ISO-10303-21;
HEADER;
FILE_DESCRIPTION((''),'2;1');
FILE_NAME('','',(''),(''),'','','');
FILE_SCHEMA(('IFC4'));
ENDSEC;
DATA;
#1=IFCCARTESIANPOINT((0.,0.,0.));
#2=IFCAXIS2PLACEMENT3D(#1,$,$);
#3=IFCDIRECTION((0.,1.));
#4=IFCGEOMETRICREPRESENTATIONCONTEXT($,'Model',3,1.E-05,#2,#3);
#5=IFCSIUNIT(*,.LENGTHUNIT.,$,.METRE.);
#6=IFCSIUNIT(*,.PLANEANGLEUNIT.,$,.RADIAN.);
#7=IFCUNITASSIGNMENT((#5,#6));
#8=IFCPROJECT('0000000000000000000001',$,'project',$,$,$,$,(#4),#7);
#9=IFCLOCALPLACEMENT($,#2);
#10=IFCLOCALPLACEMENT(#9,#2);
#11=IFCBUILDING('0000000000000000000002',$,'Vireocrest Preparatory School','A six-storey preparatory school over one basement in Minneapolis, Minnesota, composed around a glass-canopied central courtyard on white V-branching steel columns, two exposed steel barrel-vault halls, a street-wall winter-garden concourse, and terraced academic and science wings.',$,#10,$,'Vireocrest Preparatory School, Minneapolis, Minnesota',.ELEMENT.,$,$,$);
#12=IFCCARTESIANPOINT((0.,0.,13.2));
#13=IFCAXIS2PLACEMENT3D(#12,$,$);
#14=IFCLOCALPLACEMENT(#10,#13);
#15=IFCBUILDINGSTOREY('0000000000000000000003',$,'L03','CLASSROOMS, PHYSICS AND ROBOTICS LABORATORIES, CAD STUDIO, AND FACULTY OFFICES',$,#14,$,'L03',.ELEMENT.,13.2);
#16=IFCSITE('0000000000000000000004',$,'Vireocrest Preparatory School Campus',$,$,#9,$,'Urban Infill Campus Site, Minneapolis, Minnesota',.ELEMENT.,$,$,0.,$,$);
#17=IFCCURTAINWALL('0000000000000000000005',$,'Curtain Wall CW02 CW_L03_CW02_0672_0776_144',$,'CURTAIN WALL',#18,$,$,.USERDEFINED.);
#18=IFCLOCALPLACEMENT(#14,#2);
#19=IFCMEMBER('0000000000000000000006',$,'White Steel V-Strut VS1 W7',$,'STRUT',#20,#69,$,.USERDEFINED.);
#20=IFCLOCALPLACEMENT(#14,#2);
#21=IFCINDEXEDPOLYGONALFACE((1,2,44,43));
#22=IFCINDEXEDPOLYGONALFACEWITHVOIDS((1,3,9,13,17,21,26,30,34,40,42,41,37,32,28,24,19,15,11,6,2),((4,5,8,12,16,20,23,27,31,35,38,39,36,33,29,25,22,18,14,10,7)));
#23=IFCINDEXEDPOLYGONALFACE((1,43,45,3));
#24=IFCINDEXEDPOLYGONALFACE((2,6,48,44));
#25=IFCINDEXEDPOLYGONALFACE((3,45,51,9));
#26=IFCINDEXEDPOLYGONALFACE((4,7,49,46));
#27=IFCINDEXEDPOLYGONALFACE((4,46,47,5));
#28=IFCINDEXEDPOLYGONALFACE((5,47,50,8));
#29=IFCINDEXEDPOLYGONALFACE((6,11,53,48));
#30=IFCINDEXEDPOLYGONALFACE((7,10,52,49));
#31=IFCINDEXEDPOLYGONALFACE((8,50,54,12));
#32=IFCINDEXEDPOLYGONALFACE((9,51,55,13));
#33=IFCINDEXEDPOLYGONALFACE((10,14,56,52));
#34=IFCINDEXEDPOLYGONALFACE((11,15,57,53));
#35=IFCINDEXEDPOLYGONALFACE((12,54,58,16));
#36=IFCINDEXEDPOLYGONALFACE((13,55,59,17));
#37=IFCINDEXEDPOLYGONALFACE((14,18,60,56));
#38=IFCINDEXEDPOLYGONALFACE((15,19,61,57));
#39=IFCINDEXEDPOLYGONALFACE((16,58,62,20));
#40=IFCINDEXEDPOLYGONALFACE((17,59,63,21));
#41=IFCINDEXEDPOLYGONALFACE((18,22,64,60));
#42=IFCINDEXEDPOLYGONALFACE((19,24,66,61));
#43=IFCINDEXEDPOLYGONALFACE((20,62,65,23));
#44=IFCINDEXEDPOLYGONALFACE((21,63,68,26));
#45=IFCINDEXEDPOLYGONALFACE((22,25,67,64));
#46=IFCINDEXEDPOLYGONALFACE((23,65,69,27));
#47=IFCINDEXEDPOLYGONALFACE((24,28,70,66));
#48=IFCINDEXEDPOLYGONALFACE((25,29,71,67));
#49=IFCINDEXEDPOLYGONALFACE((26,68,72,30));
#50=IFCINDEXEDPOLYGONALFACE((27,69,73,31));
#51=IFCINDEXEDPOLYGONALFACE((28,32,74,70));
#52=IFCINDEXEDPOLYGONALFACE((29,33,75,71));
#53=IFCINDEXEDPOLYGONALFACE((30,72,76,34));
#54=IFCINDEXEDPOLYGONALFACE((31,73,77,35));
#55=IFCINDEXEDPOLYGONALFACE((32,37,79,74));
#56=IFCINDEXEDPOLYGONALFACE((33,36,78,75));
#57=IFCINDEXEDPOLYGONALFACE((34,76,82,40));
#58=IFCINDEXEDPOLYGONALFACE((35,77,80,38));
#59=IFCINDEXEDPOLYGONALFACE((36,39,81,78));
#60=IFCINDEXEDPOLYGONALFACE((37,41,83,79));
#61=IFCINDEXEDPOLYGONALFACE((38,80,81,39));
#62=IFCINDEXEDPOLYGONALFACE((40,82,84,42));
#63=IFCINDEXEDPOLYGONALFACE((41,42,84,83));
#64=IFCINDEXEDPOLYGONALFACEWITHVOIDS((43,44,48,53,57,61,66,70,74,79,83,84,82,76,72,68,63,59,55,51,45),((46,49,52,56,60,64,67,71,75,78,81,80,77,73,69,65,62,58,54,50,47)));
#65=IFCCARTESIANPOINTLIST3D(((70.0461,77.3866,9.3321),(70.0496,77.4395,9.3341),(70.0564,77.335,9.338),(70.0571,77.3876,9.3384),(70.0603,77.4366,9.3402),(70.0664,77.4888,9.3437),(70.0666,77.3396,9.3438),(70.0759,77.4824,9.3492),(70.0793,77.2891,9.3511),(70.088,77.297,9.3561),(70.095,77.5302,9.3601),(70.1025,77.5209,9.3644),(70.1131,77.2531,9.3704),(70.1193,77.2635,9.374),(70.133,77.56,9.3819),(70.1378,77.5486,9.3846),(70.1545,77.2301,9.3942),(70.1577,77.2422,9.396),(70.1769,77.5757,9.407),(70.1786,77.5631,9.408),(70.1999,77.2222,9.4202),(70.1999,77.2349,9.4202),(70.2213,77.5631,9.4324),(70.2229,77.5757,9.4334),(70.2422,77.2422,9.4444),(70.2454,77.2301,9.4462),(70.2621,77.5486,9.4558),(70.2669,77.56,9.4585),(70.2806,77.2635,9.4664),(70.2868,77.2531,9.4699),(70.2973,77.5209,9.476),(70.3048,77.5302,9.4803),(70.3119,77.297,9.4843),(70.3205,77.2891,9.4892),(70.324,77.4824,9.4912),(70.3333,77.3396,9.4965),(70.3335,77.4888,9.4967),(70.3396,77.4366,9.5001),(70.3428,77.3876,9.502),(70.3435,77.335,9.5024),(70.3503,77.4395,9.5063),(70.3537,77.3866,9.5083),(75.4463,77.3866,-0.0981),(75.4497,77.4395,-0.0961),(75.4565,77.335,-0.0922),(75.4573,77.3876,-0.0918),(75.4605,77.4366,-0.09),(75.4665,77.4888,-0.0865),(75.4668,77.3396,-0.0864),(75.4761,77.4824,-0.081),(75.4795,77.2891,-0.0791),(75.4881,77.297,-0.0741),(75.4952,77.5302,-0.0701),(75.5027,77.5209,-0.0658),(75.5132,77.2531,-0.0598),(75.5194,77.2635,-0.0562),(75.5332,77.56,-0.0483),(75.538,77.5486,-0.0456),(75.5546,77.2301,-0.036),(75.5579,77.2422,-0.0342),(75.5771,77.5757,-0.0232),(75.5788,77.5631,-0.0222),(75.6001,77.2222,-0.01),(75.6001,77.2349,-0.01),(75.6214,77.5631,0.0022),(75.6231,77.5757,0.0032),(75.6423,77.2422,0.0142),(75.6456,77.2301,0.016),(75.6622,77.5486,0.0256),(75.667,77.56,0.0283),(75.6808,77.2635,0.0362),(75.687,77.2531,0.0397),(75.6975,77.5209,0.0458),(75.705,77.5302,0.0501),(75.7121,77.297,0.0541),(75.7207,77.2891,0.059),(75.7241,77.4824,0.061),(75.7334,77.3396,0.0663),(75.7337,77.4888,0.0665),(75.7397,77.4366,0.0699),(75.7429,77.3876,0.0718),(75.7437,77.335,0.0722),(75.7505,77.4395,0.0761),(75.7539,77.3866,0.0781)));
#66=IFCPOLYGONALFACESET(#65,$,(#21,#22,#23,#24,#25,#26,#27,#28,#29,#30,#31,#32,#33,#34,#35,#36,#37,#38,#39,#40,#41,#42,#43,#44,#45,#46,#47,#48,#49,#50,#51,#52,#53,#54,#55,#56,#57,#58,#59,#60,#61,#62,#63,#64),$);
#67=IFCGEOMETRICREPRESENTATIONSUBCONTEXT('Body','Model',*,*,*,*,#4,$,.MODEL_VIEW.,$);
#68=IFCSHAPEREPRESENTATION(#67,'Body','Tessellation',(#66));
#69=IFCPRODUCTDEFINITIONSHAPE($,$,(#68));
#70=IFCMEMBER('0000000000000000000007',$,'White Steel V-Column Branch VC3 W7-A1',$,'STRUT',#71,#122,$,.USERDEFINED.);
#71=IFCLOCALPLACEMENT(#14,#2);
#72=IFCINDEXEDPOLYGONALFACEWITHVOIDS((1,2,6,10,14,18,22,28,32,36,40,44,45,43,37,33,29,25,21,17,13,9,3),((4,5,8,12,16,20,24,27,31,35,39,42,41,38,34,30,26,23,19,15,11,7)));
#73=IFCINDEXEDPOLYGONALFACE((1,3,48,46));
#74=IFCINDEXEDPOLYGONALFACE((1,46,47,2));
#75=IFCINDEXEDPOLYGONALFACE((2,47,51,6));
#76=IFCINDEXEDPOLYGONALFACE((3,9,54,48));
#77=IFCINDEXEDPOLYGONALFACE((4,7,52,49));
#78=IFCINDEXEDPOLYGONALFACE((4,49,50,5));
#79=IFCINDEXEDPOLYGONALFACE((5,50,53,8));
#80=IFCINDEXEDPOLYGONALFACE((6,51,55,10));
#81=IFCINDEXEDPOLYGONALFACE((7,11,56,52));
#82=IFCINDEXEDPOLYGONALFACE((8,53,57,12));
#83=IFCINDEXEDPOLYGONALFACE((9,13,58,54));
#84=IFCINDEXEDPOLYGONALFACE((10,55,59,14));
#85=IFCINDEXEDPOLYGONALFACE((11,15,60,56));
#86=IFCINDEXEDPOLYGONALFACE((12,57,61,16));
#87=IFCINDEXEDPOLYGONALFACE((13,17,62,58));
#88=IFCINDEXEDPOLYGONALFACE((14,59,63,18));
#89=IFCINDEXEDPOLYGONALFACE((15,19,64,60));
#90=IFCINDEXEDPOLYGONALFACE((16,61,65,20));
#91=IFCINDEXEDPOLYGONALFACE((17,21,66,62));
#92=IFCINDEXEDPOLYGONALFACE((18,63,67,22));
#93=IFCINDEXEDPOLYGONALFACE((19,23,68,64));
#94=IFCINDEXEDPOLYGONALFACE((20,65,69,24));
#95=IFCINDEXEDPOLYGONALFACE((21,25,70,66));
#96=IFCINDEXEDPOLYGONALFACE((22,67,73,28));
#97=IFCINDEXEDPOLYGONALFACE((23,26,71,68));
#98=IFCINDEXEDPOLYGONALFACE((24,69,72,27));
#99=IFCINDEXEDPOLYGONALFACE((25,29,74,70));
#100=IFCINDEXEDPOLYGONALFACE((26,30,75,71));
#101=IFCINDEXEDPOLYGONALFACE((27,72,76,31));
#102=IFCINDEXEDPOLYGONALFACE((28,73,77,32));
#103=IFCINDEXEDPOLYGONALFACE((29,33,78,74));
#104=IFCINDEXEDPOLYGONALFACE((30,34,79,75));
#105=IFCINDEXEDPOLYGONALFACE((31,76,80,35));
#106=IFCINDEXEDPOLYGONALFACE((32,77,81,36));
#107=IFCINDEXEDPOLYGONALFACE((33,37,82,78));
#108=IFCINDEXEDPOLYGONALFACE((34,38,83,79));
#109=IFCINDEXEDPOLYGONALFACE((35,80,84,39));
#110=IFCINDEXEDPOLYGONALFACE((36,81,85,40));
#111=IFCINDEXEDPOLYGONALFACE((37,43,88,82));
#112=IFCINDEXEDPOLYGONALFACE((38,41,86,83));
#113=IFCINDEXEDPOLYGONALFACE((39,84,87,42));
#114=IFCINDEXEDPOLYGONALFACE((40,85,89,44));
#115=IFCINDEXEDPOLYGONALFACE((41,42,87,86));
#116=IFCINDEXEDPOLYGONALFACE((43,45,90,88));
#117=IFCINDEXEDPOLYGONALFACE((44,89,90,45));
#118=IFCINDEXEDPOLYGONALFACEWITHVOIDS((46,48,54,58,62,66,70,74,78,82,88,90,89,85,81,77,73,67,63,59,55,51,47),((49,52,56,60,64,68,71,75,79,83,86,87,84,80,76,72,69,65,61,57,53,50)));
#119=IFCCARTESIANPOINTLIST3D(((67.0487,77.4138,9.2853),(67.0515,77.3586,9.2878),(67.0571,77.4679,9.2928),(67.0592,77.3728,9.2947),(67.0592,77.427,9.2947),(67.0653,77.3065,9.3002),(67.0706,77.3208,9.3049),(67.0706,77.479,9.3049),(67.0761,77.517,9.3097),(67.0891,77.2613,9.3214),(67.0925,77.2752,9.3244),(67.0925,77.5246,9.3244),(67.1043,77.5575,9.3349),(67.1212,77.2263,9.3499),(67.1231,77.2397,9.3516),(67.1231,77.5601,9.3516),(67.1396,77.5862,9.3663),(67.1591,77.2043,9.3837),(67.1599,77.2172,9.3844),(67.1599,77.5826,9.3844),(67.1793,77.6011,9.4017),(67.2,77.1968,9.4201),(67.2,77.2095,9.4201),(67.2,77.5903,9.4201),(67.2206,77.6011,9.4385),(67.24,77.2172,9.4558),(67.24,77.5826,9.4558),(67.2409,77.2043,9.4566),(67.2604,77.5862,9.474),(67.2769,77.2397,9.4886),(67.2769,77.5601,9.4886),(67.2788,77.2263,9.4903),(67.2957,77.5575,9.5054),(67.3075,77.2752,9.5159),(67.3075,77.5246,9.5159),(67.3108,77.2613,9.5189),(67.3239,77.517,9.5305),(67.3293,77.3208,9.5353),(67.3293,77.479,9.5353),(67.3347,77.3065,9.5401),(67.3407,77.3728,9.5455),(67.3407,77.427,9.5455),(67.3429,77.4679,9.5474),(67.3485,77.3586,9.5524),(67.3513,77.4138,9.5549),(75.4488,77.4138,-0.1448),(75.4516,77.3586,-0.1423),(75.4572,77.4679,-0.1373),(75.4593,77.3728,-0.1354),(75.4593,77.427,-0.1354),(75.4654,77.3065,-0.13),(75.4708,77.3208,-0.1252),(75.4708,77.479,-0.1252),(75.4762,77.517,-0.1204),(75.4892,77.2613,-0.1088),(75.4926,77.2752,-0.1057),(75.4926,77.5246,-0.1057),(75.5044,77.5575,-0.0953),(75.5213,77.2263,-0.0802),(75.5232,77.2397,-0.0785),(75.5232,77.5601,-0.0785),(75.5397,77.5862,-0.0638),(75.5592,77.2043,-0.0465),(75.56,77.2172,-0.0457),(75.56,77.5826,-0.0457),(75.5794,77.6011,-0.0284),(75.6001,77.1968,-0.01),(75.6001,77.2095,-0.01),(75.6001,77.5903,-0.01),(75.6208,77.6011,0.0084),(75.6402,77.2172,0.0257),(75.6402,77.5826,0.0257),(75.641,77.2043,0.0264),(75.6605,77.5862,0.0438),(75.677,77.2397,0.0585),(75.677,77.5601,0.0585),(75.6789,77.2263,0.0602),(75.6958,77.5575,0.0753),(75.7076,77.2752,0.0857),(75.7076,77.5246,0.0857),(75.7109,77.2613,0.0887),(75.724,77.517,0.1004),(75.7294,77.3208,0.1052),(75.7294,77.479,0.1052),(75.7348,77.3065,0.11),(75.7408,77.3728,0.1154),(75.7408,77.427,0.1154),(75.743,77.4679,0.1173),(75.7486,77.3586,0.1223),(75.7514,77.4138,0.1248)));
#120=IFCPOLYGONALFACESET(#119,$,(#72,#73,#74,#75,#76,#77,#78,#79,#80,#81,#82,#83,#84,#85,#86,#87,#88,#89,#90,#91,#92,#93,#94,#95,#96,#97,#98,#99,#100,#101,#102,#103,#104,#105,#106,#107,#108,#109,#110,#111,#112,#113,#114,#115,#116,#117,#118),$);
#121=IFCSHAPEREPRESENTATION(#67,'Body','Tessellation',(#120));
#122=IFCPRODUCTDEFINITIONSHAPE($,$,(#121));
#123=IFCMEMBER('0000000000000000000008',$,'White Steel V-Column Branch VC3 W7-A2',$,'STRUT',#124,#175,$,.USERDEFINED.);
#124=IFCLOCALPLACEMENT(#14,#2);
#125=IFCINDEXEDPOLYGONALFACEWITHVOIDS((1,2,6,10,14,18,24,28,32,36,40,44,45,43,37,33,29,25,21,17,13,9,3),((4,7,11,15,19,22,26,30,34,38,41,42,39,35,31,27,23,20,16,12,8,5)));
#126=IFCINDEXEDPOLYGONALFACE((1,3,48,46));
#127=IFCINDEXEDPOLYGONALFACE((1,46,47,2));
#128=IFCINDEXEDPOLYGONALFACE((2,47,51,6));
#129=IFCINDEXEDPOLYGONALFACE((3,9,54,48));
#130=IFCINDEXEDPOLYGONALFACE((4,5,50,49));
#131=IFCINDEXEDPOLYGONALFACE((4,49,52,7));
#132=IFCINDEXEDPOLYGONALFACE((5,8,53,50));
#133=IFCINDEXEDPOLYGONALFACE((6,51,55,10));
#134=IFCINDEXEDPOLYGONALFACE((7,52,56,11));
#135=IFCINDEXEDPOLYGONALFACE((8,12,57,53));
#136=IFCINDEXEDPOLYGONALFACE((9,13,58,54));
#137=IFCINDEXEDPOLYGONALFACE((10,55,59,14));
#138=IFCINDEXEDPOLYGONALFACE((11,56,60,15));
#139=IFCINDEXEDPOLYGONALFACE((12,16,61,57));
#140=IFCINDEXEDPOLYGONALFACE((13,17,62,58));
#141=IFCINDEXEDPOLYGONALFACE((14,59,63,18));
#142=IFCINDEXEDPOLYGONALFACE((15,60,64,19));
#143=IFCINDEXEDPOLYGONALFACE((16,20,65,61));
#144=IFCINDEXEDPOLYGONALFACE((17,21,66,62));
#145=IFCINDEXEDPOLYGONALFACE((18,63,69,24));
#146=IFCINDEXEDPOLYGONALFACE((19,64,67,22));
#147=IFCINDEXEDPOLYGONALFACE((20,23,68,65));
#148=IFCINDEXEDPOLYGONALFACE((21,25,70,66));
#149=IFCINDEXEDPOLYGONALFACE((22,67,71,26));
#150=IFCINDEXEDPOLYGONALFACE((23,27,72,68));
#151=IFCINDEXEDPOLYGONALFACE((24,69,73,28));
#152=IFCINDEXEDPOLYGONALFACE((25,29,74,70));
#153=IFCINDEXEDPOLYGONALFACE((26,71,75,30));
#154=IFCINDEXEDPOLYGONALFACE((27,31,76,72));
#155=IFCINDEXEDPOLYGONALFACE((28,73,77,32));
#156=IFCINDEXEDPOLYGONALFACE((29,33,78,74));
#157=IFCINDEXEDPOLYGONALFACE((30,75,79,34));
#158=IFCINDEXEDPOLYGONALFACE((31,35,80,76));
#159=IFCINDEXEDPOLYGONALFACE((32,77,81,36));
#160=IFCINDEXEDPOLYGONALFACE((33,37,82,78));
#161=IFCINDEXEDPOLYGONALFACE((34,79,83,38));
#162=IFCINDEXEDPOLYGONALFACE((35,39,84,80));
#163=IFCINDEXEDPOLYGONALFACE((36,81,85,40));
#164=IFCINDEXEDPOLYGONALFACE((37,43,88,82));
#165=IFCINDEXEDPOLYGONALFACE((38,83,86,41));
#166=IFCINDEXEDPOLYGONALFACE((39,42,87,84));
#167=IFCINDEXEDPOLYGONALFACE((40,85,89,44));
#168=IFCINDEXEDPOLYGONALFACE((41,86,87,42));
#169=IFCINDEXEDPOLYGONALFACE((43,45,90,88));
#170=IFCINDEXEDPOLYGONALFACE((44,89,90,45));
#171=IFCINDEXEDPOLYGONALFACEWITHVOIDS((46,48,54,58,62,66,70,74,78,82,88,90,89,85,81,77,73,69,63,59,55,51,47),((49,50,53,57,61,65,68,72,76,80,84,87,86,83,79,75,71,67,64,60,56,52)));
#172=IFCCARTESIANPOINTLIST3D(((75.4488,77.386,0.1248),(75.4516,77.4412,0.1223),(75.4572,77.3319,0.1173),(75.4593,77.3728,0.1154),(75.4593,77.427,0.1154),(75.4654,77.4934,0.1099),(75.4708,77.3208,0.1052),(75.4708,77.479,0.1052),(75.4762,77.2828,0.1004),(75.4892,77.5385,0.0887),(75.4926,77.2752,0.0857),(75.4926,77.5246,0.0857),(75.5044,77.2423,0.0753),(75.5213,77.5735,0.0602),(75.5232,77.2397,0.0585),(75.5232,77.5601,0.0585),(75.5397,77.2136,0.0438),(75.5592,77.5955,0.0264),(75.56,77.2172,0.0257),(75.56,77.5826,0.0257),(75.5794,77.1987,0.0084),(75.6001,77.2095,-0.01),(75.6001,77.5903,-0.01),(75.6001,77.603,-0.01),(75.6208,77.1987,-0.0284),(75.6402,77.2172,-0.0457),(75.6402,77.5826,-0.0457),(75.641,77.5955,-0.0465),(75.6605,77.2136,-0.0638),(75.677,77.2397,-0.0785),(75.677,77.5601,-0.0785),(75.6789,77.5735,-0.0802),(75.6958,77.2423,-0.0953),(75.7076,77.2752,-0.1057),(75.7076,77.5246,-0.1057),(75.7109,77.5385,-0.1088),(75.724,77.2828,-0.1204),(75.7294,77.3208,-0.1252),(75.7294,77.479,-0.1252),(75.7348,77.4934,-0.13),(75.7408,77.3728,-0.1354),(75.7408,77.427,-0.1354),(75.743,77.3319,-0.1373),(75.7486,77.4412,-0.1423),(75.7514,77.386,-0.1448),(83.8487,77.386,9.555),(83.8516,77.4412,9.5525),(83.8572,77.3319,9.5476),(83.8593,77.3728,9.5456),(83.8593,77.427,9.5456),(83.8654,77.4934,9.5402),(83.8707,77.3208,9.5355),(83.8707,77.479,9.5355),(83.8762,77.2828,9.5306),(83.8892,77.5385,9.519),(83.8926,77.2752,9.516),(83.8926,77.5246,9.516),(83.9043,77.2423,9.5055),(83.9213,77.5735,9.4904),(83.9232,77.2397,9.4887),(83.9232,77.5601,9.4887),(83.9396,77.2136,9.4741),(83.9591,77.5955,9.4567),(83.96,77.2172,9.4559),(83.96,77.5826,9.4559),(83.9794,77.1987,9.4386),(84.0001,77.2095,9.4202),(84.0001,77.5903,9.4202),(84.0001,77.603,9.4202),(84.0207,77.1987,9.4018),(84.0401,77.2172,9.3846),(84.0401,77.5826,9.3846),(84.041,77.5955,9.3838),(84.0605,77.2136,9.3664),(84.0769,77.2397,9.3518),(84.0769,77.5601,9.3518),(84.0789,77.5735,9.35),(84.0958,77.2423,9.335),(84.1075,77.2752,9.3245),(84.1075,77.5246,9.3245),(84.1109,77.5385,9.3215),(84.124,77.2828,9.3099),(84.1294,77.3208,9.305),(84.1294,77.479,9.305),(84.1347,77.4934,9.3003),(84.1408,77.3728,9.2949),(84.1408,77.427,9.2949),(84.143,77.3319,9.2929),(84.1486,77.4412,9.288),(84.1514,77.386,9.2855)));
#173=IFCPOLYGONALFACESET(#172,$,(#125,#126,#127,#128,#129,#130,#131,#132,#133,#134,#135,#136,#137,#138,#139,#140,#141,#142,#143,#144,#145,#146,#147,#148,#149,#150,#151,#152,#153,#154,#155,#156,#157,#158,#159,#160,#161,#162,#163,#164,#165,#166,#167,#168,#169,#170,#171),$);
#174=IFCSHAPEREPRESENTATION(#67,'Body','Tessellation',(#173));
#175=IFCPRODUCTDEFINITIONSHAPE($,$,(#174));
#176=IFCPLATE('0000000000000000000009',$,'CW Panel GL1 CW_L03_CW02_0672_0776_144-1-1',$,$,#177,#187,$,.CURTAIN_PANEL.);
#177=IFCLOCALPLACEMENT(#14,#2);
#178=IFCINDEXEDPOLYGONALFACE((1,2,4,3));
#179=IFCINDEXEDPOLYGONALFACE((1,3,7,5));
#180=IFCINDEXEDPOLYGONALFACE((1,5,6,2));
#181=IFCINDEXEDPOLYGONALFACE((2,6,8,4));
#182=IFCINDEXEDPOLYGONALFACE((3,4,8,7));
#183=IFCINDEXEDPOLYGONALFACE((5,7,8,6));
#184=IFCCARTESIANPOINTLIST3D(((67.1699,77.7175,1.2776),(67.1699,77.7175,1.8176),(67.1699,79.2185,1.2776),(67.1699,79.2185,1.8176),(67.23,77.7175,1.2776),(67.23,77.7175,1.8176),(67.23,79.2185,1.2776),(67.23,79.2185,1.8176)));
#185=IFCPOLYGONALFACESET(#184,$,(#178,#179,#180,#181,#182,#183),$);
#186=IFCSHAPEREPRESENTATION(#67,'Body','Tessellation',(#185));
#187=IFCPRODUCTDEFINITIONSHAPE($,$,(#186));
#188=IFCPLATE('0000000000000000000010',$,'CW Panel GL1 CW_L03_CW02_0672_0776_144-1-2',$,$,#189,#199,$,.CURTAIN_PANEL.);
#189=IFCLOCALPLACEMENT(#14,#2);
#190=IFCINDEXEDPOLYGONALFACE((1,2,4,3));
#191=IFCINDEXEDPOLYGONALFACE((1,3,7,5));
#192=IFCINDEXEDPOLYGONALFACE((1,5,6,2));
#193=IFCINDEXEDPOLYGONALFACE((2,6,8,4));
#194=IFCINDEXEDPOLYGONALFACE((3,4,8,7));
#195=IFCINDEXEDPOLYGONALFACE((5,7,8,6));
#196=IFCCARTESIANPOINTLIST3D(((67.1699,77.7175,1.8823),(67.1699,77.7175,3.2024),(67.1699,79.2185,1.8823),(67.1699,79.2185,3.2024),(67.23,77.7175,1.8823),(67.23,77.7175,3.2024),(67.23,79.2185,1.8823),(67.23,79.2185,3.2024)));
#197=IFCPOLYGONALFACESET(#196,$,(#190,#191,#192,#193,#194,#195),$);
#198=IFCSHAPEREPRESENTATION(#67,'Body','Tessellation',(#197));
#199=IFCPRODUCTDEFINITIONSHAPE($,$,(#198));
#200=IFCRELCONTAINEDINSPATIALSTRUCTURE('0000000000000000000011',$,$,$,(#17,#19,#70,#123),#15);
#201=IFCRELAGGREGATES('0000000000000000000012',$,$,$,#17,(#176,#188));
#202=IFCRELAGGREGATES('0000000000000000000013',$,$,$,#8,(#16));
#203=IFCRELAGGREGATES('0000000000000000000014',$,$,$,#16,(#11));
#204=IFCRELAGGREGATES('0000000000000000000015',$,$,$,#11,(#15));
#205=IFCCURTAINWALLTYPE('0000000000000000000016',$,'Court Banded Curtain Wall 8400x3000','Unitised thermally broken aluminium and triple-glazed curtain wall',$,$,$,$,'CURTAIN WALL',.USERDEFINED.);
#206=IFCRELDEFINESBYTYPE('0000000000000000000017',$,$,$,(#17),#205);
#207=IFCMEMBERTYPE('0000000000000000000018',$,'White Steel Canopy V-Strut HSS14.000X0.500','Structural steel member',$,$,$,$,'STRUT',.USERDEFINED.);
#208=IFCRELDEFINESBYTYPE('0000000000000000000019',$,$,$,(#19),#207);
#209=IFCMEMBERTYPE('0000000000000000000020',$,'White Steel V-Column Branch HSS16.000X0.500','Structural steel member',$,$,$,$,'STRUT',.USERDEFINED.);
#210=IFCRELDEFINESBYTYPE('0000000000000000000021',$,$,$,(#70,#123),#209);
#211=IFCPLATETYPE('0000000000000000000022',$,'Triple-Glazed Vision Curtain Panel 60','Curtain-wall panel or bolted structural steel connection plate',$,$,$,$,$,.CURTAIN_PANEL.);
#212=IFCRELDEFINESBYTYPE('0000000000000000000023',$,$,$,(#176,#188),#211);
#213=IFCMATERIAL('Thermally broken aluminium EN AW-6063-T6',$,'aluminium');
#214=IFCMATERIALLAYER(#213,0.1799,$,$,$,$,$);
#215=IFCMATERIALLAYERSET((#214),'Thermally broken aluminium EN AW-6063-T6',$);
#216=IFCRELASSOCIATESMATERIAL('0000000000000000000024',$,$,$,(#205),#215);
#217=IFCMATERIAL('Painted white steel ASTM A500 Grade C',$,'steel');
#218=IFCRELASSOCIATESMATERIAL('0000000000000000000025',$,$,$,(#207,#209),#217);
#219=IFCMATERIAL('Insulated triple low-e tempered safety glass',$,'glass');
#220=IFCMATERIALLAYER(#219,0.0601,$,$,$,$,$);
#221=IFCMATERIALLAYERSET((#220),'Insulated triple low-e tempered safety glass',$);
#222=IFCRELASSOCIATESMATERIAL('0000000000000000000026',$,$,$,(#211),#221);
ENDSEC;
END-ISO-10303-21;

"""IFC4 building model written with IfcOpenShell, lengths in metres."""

from ifc_helpers import new_model, si_unit, direction, frame, origin, origin_2d, place, context, subcontext, project, spatial, rectangle, hollow_circle, extrude, material, layer, layer_set, material_profile, profile_set, type_object, element, aggregate, save


model = new_model("IFC4")

# Units and contexts
model_context = context("Model", 3, precision=1e-05, world=origin(), true_north=direction((0.0, 1.0)))
body_context = subcontext(model_context, "Body", "Model", "MODEL_VIEW")
ifc_project = project(units=[si_unit("LENGTHUNIT", "METRE"), si_unit("PLANEANGLEUNIT", "RADIAN")], contexts=[model_context])

# Site, building, storey
site_placement = place(None, origin())
site = spatial("IfcSite", under=ifc_project, at=site_placement, Name="Vireocrest Preparatory School Campus", LongName="Urban Infill Campus Site, Minneapolis, Minnesota", CompositionType="ELEMENT", RefElevation=0.0)
building_placement = place(site_placement, origin())
building = spatial("IfcBuilding", under=site, at=building_placement, Name="Vireocrest Preparatory School", Description="A six-storey preparatory school over one basement in Minneapolis, Minnesota, composed around a glass-canopied central courtyard on white V-branching steel columns, two exposed steel barrel-vault halls, a street-wall winter-garden concourse, and terraced academic and science wings.", LongName="Vireocrest Preparatory School, Minneapolis, Minnesota", CompositionType="ELEMENT")
storey_placement = place(building_placement, frame((0.0, 0.0, 13.2)))
storey = spatial("IfcBuildingStorey", under=building, at=storey_placement, Name="L03", Description="CLASSROOMS, PHYSICS AND ROBOTICS LABORATORIES, CAD STUDIO, AND FACULTY OFFICES", LongName="L03", CompositionType="ELEMENT", Elevation=13.2)

# Curtain wall
ifc_material_1 = material(Name="Thermally broken aluminium EN AW-6063-T6", Category="aluminium")
ifc_layer_1 = layer(ifc_material_1, 0.1799)
ifc_layer_set_1 = layer_set([ifc_layer_1], Name="Thermally broken aluminium EN AW-6063-T6")
curtain_wall_type = type_object("IfcCurtainWallType", Name="Court Banded Curtain Wall 8400x3000", Description="Unitised thermally broken aluminium and triple-glazed curtain wall", ElementType="CURTAIN WALL", PredefinedType="USERDEFINED", material=ifc_layer_set_1)
curtain_wall_placement = place(storey_placement, origin())
curtain_wall = element("IfcCurtainWall", 1, at=curtain_wall_placement, inside=storey, type_object=curtain_wall_type, Name="Curtain Wall CW02 CW_L03_CW02_0672_0776_144", ObjectType="CURTAIN WALL", PredefinedType="USERDEFINED")

# Members
ifc_material_2 = material(Name="Painted white steel ASTM A500 Grade C", Category="steel")
ifc_material_profile_1 = material_profile(ifc_material_2, hollow_circle(Radius=0.1777, WallThickness=0.0127, at=origin_2d()), Name="HSS14.000X0.500")
ifc_profile_set_1 = profile_set([ifc_material_profile_1], Name="Painted white steel ASTM A500 Grade C")
member_type_1 = type_object("IfcMemberType", Name="White Steel Canopy V-Strut HSS14.000X0.500", Description="Structural steel member", ElementType="STRUT", PredefinedType="USERDEFINED", material=ifc_profile_set_1)
member_1_placement = place(storey_placement, frame((75.6001, 77.3999, -0.01), z_axis=(-0.496935, 0.0, 0.867788), x_axis=(0.0, -1.0, 0.0)))
element("IfcMember", 2, at=member_1_placement, inside=storey, type_object=member_type_1, Name="White Steel V-Strut VS1 W7", ObjectType="STRUT", PredefinedType="USERDEFINED", context=body_context, shape_type="SweptSolid", body=[
    extrude(hollow_circle(Radius=0.1777, WallThickness=0.0127, at=origin_2d()), origin(), (0.0, 0.0, 1.0), 10.8669),
])
ifc_material_profile_2 = material_profile(ifc_material_2, hollow_circle(Radius=0.2031, WallThickness=0.0127, at=origin_2d()), Name="HSS16.000X0.500")
ifc_profile_set_2 = profile_set([ifc_material_profile_2], Name="Painted white steel ASTM A500 Grade C")
member_type_2 = type_object("IfcMemberType", Name="White Steel V-Column Branch HSS16.000X0.500", Description="Structural steel member", ElementType="STRUT", PredefinedType="USERDEFINED", material=ifc_profile_set_2)
for number, where, z_axis, x_axis, name in (
    (3, (75.6001, 77.3999, -0.01), (-0.665149, 0.0, 0.74671), (0.0, -1.0, 0.0), "White Steel V-Column Branch VC3 W7-A1"),
    (4, (75.6001, 77.3999, -0.01), (0.665139, 0.0, 0.74672), (0.0, 1.0, 0.0), "White Steel V-Column Branch VC3 W7-A2"),
):
    element("IfcMember", number, at=place(storey_placement, frame(where, z_axis=z_axis, x_axis=x_axis)), inside=storey, type_object=member_type_2, Name=name, ObjectType="STRUT", PredefinedType="USERDEFINED", context=body_context, shape_type="SweptSolid", body=[
        extrude(hollow_circle(Radius=0.2031, WallThickness=0.0127, at=origin_2d()), origin(), (0.0, 0.0, 1.0), 12.6289),
    ])

# Plates
ifc_material_3 = material(Name="Insulated triple low-e tempered safety glass", Category="glass")
ifc_layer_2 = layer(ifc_material_3, 0.0601)
ifc_layer_set_2 = layer_set([ifc_layer_2], Name="Insulated triple low-e tempered safety glass")
plate_type_1 = type_object("IfcPlateType", Name="Triple-Glazed Vision Curtain Panel 60", Description="Curtain-wall panel or bolted structural steel connection plate", PredefinedType="CURTAIN_PANEL", material=ifc_layer_set_2)
plate_1_placement = place(storey_placement, frame((67.2, 78.468, 1.2776), z_axis=(0.0, 0.0, 1.0), x_axis=(0.0, 1.0, 0.0)))
plate_1 = element("IfcPlate", 5, at=plate_1_placement, type_object=plate_type_1, Name="CW Panel GL1 CW_L03_CW02_0672_0776_144-1-1", PredefinedType="CURTAIN_PANEL", context=body_context, shape_type="SweptSolid", body=[
    extrude(rectangle(XDim=1.501, YDim=0.0601, at=origin_2d()), origin(), (0.0, 0.0, 1.0), 0.54),
])
plate_2_placement = place(storey_placement, frame((67.2, 78.468, 1.8823), z_axis=(0.0, 0.0, 1.0), x_axis=(0.0, 1.0, 0.0)))
plate_2 = element("IfcPlate", 6, at=plate_2_placement, type_object=plate_type_1, Name="CW Panel GL1 CW_L03_CW02_0672_0776_144-1-2", PredefinedType="CURTAIN_PANEL", context=body_context, shape_type="SweptSolid", body=[
    extrude(rectangle(XDim=1.501, YDim=0.0601, at=origin_2d()), origin(), (0.0, 0.0, 1.0), 1.3201),
])
aggregate(curtain_wall, [plate_1, plate_2])

save(model, "model.ifc")
